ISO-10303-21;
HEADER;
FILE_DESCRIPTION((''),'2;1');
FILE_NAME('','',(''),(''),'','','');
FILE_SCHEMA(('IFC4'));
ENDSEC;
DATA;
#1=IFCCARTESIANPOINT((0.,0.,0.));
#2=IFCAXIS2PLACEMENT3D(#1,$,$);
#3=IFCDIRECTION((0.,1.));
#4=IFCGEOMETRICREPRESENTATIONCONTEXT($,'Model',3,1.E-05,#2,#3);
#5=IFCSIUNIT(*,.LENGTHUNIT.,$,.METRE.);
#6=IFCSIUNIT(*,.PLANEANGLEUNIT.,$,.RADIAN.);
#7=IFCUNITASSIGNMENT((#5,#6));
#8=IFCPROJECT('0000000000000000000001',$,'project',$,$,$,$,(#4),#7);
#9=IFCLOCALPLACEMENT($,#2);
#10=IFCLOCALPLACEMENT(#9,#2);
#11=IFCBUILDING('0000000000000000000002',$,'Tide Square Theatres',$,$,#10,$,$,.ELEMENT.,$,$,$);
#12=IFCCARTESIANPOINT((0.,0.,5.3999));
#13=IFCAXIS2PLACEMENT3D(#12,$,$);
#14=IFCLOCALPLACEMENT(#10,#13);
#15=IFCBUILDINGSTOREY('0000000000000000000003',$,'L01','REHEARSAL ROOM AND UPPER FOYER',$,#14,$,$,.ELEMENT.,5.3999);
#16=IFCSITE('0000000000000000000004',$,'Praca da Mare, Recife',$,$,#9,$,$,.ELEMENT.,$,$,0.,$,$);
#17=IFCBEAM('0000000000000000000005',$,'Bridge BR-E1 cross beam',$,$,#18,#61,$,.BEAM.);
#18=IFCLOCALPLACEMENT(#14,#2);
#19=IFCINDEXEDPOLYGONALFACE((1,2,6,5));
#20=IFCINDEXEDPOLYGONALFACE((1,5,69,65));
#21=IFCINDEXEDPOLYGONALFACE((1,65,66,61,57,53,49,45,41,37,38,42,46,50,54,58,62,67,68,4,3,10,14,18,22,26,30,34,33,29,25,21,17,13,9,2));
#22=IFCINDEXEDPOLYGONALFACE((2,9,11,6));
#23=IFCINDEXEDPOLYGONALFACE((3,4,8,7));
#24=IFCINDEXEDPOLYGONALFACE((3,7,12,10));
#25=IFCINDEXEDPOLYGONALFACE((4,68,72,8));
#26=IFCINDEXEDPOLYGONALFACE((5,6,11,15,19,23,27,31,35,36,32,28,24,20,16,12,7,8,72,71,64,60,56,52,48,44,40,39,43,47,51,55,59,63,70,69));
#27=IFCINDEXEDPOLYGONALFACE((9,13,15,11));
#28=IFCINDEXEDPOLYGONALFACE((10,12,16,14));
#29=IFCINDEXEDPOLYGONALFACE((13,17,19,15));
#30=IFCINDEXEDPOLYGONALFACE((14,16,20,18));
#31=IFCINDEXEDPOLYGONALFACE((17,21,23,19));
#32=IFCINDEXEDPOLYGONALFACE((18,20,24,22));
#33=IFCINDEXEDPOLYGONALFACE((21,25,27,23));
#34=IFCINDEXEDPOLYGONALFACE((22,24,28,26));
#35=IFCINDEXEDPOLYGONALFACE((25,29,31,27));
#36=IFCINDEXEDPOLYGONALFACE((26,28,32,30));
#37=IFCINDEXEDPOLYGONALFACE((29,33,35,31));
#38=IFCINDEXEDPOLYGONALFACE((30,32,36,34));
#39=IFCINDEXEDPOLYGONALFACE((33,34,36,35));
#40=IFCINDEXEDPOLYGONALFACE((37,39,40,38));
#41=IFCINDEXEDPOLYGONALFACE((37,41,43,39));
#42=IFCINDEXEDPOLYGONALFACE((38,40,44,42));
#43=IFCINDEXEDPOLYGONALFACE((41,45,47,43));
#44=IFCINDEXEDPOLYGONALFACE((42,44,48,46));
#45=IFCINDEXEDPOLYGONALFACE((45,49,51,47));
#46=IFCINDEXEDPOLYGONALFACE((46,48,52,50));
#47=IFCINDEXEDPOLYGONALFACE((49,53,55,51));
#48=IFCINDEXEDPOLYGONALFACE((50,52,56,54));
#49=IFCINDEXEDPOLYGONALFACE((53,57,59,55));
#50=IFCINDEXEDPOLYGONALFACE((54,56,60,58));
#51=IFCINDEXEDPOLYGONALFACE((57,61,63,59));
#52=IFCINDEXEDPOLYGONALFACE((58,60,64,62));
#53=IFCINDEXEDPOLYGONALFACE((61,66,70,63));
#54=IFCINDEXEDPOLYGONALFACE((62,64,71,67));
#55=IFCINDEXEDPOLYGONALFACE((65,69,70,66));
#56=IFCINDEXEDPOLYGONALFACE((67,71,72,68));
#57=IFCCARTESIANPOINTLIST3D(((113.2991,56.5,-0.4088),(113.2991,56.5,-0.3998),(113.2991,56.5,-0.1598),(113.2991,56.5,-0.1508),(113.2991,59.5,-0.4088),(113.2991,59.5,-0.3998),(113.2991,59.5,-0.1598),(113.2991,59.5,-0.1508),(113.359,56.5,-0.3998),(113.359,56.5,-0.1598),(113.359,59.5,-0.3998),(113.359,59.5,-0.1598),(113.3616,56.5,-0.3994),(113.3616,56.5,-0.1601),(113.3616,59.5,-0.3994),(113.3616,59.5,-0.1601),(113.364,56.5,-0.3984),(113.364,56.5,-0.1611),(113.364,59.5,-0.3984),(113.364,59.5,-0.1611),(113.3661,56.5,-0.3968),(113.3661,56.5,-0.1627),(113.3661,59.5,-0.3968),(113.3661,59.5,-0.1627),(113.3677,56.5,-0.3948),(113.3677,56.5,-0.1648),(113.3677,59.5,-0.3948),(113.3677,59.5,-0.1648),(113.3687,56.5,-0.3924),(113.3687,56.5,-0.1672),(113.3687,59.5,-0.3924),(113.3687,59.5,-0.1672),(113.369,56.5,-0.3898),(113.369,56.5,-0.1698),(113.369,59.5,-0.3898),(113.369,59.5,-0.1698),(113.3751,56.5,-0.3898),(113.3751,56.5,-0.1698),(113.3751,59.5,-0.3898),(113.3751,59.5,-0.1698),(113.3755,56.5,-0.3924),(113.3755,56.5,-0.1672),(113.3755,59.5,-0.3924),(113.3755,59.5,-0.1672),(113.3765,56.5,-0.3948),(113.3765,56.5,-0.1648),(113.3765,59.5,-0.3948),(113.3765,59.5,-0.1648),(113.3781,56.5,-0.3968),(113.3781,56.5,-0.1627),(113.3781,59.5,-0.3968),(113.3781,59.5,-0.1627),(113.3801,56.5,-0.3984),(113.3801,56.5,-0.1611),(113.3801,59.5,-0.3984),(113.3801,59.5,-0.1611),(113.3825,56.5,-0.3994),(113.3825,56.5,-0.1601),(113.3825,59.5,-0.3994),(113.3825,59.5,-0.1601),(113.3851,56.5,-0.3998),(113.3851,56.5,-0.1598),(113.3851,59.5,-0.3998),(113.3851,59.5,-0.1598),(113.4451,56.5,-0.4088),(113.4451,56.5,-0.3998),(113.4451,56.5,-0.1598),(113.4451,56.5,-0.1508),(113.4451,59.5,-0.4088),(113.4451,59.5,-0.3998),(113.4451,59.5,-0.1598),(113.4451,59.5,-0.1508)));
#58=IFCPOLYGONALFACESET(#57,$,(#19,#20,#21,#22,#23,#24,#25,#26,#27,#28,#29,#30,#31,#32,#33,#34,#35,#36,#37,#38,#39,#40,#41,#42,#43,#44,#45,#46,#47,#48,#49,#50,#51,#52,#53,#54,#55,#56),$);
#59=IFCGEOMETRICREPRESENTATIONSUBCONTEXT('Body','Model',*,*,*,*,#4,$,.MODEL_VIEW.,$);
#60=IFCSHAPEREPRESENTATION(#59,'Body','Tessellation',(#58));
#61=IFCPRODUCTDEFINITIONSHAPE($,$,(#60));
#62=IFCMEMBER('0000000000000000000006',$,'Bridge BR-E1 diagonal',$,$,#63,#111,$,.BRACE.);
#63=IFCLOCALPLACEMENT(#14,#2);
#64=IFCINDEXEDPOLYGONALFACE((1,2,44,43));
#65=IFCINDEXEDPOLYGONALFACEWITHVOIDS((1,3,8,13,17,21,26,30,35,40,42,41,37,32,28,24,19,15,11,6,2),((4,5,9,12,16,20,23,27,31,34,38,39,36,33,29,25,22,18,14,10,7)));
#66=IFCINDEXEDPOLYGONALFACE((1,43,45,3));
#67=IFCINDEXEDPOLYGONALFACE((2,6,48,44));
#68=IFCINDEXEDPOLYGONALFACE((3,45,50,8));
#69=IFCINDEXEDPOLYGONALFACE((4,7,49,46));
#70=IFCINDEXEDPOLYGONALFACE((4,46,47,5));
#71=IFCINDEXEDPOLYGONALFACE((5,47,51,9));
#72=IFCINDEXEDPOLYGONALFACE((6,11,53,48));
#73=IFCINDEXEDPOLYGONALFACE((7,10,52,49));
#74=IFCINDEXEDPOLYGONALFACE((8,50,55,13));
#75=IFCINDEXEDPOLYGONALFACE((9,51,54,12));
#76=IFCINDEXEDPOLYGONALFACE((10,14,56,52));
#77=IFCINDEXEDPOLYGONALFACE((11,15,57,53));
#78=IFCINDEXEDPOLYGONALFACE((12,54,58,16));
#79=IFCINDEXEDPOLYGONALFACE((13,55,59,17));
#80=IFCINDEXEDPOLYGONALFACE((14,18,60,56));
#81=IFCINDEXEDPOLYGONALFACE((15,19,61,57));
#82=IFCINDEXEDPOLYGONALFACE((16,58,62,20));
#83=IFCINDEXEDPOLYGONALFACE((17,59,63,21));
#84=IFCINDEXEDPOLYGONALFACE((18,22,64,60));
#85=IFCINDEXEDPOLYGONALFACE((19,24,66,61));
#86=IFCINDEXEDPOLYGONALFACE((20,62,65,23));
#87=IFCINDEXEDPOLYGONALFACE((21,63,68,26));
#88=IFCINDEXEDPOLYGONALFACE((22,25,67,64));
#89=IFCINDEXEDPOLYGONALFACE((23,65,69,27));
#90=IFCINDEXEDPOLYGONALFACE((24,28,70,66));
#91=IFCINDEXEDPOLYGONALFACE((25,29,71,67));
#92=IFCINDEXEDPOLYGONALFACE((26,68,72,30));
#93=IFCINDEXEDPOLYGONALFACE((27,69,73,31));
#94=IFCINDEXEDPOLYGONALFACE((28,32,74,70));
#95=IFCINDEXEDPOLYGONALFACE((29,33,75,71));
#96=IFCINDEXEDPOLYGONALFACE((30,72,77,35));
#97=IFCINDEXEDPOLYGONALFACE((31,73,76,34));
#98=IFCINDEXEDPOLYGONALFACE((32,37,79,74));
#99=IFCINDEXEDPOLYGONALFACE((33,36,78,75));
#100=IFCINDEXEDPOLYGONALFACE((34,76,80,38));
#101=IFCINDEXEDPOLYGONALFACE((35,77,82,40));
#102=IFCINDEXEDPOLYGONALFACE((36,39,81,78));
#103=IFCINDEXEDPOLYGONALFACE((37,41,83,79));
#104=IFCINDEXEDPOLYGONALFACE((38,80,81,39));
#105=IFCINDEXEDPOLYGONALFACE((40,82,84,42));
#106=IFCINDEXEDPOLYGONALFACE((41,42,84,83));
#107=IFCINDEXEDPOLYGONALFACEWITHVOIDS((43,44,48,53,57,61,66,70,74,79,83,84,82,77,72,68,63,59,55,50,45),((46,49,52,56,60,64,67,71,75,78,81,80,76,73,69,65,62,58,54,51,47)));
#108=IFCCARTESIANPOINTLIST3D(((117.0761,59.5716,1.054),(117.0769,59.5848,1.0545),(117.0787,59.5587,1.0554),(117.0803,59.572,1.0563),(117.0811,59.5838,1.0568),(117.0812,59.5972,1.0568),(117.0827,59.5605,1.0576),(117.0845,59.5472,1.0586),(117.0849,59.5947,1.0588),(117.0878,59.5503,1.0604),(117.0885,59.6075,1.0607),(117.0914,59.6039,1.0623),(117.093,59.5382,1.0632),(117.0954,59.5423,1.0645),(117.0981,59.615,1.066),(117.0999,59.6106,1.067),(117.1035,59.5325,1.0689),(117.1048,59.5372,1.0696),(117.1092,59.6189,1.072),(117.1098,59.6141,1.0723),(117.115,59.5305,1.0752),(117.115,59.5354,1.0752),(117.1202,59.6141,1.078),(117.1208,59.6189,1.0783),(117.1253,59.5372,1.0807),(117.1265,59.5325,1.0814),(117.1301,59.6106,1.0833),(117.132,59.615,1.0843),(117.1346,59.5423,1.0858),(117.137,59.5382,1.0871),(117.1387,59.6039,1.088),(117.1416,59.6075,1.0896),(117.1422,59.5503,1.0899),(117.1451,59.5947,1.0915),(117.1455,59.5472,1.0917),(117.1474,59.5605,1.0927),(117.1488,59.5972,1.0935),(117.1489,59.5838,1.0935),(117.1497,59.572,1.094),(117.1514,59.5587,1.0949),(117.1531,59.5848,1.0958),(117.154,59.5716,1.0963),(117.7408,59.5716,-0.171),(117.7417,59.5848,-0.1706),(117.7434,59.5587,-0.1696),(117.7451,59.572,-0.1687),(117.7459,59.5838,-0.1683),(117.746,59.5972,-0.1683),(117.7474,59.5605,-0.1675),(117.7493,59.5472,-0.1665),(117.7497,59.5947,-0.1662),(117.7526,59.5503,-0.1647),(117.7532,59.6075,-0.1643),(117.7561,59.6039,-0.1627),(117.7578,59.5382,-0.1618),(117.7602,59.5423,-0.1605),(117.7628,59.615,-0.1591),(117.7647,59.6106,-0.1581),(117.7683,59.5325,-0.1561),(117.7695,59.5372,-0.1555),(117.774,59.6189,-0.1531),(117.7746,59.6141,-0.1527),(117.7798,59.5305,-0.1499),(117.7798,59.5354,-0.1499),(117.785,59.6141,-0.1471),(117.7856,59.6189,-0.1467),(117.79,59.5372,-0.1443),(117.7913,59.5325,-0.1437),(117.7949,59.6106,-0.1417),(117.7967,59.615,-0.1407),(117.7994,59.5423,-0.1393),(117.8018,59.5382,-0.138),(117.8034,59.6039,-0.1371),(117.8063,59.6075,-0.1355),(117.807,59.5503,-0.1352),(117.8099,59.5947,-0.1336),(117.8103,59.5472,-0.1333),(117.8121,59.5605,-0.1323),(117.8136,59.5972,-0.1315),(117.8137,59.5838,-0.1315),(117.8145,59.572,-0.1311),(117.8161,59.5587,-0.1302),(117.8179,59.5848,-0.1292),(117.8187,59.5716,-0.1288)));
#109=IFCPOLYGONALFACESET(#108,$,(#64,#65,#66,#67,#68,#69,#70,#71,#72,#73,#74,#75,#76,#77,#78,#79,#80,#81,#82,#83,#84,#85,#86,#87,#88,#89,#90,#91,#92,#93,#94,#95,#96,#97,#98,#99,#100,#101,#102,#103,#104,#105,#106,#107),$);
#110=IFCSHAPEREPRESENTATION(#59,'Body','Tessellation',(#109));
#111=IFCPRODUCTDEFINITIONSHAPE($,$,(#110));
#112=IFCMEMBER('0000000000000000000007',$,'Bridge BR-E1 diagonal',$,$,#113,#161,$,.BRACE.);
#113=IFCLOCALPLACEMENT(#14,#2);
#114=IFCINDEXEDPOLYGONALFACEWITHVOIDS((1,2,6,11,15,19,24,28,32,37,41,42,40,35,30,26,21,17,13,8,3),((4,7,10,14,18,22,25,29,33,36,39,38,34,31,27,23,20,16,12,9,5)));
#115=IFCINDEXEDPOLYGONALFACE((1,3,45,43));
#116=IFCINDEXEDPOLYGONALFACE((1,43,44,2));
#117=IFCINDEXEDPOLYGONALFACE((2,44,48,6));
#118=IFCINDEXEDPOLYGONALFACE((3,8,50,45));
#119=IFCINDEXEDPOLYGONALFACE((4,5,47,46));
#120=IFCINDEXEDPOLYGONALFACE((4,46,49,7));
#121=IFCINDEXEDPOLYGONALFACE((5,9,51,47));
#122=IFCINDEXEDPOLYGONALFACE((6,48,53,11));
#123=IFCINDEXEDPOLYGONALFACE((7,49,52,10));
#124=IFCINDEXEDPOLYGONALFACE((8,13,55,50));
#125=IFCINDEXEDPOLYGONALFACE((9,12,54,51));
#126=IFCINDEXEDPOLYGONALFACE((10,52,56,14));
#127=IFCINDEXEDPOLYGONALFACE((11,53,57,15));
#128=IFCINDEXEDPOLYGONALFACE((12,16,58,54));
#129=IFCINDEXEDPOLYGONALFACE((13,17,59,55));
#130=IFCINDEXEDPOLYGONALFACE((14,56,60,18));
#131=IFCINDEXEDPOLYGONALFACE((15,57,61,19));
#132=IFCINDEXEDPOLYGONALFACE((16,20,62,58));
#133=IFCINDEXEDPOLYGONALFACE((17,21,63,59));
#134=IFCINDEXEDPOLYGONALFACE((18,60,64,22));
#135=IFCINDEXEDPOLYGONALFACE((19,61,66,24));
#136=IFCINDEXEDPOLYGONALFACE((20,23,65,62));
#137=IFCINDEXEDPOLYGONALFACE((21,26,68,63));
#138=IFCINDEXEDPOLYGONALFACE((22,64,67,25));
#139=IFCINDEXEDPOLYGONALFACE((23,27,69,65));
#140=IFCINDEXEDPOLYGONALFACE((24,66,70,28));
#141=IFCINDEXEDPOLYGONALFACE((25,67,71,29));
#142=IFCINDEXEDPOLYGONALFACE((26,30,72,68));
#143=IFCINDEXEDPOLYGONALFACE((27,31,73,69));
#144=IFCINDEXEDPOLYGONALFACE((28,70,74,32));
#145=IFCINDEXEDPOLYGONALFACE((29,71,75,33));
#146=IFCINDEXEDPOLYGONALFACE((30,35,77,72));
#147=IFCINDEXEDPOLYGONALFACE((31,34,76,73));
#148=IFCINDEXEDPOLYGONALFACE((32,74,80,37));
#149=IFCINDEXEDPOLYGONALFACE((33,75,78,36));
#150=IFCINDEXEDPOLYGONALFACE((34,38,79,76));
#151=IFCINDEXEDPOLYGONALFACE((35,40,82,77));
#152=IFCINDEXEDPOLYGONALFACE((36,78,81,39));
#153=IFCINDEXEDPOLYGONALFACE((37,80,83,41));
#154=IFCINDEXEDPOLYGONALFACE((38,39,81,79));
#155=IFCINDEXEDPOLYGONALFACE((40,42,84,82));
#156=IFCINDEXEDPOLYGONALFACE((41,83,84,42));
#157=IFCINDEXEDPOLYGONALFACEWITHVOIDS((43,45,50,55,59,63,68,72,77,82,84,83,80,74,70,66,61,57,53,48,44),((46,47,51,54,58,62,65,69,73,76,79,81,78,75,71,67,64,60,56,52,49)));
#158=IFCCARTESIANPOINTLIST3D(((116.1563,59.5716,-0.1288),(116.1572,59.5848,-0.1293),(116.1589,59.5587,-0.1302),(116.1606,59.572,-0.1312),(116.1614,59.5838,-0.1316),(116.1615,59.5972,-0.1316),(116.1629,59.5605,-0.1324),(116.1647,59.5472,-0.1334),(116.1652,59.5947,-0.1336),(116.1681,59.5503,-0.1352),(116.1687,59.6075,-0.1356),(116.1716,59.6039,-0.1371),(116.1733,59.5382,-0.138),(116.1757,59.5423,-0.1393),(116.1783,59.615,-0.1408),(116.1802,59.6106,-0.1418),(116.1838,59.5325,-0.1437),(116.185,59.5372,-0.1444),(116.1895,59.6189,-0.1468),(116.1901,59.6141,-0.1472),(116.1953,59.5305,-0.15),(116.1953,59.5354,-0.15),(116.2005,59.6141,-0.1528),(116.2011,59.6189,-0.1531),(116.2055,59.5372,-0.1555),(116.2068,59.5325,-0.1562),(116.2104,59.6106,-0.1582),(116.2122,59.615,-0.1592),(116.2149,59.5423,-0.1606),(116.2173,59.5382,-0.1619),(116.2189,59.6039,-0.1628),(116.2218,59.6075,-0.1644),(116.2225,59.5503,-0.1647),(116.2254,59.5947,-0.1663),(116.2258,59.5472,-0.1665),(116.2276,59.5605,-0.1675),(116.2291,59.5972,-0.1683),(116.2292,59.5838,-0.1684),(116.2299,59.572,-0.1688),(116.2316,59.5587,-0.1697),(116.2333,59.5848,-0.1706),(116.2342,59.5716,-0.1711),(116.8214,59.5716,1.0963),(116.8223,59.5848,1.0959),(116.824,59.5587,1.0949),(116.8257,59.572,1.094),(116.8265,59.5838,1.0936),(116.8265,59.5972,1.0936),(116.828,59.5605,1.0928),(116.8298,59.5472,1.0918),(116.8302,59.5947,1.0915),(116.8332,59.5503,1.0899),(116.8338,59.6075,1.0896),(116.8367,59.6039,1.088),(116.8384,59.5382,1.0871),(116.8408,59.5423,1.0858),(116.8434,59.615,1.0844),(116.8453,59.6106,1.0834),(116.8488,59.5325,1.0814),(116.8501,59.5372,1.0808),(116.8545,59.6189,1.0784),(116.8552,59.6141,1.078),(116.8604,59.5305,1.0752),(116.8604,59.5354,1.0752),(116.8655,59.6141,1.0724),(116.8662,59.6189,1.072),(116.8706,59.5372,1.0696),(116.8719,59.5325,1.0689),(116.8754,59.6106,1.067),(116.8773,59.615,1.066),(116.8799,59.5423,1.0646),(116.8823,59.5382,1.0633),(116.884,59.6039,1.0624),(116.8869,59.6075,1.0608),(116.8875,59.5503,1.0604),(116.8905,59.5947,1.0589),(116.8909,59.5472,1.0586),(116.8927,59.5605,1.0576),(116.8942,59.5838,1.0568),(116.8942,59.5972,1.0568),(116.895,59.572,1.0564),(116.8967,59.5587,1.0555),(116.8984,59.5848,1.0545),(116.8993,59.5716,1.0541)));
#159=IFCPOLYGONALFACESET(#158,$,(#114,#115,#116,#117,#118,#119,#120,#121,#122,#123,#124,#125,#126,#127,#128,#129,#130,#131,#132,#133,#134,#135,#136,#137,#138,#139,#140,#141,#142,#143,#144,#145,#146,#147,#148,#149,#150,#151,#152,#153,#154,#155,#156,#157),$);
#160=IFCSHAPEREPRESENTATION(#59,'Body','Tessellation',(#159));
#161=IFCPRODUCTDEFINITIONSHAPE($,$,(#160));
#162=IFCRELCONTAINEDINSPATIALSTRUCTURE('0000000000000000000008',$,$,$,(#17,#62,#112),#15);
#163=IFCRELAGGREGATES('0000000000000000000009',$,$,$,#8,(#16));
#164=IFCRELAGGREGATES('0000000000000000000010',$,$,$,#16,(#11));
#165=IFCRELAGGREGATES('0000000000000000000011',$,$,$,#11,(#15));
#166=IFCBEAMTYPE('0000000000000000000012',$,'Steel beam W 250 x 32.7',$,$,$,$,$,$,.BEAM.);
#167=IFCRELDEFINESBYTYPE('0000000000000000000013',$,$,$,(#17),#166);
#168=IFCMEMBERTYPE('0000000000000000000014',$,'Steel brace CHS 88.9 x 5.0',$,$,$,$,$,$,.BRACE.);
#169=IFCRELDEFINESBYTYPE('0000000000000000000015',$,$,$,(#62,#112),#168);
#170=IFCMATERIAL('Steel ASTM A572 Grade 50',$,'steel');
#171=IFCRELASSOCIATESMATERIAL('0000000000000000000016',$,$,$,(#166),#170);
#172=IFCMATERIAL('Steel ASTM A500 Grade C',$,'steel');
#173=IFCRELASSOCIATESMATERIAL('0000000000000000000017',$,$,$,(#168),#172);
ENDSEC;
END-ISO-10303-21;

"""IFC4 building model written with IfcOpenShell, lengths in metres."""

from ifc_helpers import new_model, si_unit, direction, frame, origin, origin_2d, place, context, subcontext, project, spatial, hollow_circle, i_section, extrude, material, material_profile, profile_set, type_object, element, save


model = new_model("IFC4")

# Units and contexts
model_context = context("Model", 3, precision=1e-05, world=origin(), true_north=direction((0.0, 1.0)))
body_context = subcontext(model_context, "Body", "Model", "MODEL_VIEW")
ifc_project = project(units=[si_unit("LENGTHUNIT", "METRE"), si_unit("PLANEANGLEUNIT", "RADIAN")], contexts=[model_context])

# Site, building, storey
site_placement = place(None, origin())
site = spatial("IfcSite", under=ifc_project, at=site_placement, Name="Praca da Mare, Recife", CompositionType="ELEMENT", RefElevation=0.0)
building_placement = place(site_placement, origin())
building = spatial("IfcBuilding", under=site, at=building_placement, Name="Tide Square Theatres", CompositionType="ELEMENT")
storey_placement = place(building_placement, frame((0.0, 0.0, 5.3999)))
storey = spatial("IfcBuildingStorey", under=building, at=storey_placement, Name="L01", Description="REHEARSAL ROOM AND UPPER FOYER", CompositionType="ELEMENT", Elevation=5.3999)

# Beam
ifc_material_1 = material(Name="Steel ASTM A572 Grade 50", Category="steel")
ifc_material_profile_1 = material_profile(ifc_material_1, i_section(OverallWidth=0.146, OverallDepth=0.2581, WebThickness=0.0061, FlangeThickness=0.009, FilletRadius=0.01, at=origin_2d()))
ifc_profile_set_1 = profile_set([ifc_material_profile_1], Name="Steel ASTM A572 Grade 50")
beam_type = type_object("IfcBeamType", Name="Steel beam W 250 x 32.7", PredefinedType="BEAM", material=ifc_profile_set_1)
for number, where, z_axis, x_axis, name in (
    (1, (113.3721, 59.5, -0.2798), (0.0, -1.0, 0.0), (1.0, 0.0, 0.0), "Bridge BR-E1 cross beam"),
):
    element("IfcBeam", number, at=place(storey_placement, frame(where, z_axis=z_axis, x_axis=x_axis)), inside=storey, type_object=beam_type, Name=name, PredefinedType="BEAM", context=body_context, shape_type="SweptSolid", body=[
        extrude(i_section(OverallWidth=0.146, OverallDepth=0.2581, WebThickness=0.0061, FlangeThickness=0.009, FilletRadius=0.01, at=origin_2d()), origin(), (0.0, 0.0, 1.0), 3.0),
    ])

# Members
ifc_material_2 = material(Name="Steel ASTM A500 Grade C", Category="steel")
ifc_material_profile_2 = material_profile(ifc_material_2, hollow_circle(Radius=0.0444, WallThickness=0.0049, at=origin_2d()))
ifc_profile_set_2 = profile_set([ifc_material_profile_2], Name="Steel ASTM A500 Grade C")
member_type_1 = type_object("IfcMemberType", Name="Steel brace CHS 88.9 x 5.0", PredefinedType="BRACE", material=ifc_profile_set_2)
member_1_placement = place(storey_placement, frame((117.7798, 59.575, -0.1499), z_axis=(-0.476949, 0.0, 0.878931), x_axis=(0.0, -1.0, 0.0)))
element("IfcMember", 2, at=member_1_placement, inside=storey, type_object=member_type_1, Name="Bridge BR-E1 diagonal", PredefinedType="BRACE", context=body_context, shape_type="SweptSolid", body=[
    extrude(hollow_circle(Radius=0.0444, WallThickness=0.0049, at=origin_2d()), origin(), (0.0, 0.0, 1.0), 1.3938),
])
for number, where, z_axis, x_axis, name in (
    (3, (116.8604, 59.575, 1.0752), (-0.477084, 0.0, -0.878858), (0.0, -1.0, 0.0), "Bridge BR-E1 diagonal"),
):
    element("IfcMember", number, at=place(storey_placement, frame(where, z_axis=z_axis, x_axis=x_axis)), inside=storey, type_object=member_type_1, Name=name, PredefinedType="BRACE", context=body_context, shape_type="SweptSolid", body=[
        extrude(hollow_circle(Radius=0.0444, WallThickness=0.0049, at=origin_2d()), origin(), (0.0, 0.0, 1.0), 1.394),
    ])

save(model, "model.ifc")
